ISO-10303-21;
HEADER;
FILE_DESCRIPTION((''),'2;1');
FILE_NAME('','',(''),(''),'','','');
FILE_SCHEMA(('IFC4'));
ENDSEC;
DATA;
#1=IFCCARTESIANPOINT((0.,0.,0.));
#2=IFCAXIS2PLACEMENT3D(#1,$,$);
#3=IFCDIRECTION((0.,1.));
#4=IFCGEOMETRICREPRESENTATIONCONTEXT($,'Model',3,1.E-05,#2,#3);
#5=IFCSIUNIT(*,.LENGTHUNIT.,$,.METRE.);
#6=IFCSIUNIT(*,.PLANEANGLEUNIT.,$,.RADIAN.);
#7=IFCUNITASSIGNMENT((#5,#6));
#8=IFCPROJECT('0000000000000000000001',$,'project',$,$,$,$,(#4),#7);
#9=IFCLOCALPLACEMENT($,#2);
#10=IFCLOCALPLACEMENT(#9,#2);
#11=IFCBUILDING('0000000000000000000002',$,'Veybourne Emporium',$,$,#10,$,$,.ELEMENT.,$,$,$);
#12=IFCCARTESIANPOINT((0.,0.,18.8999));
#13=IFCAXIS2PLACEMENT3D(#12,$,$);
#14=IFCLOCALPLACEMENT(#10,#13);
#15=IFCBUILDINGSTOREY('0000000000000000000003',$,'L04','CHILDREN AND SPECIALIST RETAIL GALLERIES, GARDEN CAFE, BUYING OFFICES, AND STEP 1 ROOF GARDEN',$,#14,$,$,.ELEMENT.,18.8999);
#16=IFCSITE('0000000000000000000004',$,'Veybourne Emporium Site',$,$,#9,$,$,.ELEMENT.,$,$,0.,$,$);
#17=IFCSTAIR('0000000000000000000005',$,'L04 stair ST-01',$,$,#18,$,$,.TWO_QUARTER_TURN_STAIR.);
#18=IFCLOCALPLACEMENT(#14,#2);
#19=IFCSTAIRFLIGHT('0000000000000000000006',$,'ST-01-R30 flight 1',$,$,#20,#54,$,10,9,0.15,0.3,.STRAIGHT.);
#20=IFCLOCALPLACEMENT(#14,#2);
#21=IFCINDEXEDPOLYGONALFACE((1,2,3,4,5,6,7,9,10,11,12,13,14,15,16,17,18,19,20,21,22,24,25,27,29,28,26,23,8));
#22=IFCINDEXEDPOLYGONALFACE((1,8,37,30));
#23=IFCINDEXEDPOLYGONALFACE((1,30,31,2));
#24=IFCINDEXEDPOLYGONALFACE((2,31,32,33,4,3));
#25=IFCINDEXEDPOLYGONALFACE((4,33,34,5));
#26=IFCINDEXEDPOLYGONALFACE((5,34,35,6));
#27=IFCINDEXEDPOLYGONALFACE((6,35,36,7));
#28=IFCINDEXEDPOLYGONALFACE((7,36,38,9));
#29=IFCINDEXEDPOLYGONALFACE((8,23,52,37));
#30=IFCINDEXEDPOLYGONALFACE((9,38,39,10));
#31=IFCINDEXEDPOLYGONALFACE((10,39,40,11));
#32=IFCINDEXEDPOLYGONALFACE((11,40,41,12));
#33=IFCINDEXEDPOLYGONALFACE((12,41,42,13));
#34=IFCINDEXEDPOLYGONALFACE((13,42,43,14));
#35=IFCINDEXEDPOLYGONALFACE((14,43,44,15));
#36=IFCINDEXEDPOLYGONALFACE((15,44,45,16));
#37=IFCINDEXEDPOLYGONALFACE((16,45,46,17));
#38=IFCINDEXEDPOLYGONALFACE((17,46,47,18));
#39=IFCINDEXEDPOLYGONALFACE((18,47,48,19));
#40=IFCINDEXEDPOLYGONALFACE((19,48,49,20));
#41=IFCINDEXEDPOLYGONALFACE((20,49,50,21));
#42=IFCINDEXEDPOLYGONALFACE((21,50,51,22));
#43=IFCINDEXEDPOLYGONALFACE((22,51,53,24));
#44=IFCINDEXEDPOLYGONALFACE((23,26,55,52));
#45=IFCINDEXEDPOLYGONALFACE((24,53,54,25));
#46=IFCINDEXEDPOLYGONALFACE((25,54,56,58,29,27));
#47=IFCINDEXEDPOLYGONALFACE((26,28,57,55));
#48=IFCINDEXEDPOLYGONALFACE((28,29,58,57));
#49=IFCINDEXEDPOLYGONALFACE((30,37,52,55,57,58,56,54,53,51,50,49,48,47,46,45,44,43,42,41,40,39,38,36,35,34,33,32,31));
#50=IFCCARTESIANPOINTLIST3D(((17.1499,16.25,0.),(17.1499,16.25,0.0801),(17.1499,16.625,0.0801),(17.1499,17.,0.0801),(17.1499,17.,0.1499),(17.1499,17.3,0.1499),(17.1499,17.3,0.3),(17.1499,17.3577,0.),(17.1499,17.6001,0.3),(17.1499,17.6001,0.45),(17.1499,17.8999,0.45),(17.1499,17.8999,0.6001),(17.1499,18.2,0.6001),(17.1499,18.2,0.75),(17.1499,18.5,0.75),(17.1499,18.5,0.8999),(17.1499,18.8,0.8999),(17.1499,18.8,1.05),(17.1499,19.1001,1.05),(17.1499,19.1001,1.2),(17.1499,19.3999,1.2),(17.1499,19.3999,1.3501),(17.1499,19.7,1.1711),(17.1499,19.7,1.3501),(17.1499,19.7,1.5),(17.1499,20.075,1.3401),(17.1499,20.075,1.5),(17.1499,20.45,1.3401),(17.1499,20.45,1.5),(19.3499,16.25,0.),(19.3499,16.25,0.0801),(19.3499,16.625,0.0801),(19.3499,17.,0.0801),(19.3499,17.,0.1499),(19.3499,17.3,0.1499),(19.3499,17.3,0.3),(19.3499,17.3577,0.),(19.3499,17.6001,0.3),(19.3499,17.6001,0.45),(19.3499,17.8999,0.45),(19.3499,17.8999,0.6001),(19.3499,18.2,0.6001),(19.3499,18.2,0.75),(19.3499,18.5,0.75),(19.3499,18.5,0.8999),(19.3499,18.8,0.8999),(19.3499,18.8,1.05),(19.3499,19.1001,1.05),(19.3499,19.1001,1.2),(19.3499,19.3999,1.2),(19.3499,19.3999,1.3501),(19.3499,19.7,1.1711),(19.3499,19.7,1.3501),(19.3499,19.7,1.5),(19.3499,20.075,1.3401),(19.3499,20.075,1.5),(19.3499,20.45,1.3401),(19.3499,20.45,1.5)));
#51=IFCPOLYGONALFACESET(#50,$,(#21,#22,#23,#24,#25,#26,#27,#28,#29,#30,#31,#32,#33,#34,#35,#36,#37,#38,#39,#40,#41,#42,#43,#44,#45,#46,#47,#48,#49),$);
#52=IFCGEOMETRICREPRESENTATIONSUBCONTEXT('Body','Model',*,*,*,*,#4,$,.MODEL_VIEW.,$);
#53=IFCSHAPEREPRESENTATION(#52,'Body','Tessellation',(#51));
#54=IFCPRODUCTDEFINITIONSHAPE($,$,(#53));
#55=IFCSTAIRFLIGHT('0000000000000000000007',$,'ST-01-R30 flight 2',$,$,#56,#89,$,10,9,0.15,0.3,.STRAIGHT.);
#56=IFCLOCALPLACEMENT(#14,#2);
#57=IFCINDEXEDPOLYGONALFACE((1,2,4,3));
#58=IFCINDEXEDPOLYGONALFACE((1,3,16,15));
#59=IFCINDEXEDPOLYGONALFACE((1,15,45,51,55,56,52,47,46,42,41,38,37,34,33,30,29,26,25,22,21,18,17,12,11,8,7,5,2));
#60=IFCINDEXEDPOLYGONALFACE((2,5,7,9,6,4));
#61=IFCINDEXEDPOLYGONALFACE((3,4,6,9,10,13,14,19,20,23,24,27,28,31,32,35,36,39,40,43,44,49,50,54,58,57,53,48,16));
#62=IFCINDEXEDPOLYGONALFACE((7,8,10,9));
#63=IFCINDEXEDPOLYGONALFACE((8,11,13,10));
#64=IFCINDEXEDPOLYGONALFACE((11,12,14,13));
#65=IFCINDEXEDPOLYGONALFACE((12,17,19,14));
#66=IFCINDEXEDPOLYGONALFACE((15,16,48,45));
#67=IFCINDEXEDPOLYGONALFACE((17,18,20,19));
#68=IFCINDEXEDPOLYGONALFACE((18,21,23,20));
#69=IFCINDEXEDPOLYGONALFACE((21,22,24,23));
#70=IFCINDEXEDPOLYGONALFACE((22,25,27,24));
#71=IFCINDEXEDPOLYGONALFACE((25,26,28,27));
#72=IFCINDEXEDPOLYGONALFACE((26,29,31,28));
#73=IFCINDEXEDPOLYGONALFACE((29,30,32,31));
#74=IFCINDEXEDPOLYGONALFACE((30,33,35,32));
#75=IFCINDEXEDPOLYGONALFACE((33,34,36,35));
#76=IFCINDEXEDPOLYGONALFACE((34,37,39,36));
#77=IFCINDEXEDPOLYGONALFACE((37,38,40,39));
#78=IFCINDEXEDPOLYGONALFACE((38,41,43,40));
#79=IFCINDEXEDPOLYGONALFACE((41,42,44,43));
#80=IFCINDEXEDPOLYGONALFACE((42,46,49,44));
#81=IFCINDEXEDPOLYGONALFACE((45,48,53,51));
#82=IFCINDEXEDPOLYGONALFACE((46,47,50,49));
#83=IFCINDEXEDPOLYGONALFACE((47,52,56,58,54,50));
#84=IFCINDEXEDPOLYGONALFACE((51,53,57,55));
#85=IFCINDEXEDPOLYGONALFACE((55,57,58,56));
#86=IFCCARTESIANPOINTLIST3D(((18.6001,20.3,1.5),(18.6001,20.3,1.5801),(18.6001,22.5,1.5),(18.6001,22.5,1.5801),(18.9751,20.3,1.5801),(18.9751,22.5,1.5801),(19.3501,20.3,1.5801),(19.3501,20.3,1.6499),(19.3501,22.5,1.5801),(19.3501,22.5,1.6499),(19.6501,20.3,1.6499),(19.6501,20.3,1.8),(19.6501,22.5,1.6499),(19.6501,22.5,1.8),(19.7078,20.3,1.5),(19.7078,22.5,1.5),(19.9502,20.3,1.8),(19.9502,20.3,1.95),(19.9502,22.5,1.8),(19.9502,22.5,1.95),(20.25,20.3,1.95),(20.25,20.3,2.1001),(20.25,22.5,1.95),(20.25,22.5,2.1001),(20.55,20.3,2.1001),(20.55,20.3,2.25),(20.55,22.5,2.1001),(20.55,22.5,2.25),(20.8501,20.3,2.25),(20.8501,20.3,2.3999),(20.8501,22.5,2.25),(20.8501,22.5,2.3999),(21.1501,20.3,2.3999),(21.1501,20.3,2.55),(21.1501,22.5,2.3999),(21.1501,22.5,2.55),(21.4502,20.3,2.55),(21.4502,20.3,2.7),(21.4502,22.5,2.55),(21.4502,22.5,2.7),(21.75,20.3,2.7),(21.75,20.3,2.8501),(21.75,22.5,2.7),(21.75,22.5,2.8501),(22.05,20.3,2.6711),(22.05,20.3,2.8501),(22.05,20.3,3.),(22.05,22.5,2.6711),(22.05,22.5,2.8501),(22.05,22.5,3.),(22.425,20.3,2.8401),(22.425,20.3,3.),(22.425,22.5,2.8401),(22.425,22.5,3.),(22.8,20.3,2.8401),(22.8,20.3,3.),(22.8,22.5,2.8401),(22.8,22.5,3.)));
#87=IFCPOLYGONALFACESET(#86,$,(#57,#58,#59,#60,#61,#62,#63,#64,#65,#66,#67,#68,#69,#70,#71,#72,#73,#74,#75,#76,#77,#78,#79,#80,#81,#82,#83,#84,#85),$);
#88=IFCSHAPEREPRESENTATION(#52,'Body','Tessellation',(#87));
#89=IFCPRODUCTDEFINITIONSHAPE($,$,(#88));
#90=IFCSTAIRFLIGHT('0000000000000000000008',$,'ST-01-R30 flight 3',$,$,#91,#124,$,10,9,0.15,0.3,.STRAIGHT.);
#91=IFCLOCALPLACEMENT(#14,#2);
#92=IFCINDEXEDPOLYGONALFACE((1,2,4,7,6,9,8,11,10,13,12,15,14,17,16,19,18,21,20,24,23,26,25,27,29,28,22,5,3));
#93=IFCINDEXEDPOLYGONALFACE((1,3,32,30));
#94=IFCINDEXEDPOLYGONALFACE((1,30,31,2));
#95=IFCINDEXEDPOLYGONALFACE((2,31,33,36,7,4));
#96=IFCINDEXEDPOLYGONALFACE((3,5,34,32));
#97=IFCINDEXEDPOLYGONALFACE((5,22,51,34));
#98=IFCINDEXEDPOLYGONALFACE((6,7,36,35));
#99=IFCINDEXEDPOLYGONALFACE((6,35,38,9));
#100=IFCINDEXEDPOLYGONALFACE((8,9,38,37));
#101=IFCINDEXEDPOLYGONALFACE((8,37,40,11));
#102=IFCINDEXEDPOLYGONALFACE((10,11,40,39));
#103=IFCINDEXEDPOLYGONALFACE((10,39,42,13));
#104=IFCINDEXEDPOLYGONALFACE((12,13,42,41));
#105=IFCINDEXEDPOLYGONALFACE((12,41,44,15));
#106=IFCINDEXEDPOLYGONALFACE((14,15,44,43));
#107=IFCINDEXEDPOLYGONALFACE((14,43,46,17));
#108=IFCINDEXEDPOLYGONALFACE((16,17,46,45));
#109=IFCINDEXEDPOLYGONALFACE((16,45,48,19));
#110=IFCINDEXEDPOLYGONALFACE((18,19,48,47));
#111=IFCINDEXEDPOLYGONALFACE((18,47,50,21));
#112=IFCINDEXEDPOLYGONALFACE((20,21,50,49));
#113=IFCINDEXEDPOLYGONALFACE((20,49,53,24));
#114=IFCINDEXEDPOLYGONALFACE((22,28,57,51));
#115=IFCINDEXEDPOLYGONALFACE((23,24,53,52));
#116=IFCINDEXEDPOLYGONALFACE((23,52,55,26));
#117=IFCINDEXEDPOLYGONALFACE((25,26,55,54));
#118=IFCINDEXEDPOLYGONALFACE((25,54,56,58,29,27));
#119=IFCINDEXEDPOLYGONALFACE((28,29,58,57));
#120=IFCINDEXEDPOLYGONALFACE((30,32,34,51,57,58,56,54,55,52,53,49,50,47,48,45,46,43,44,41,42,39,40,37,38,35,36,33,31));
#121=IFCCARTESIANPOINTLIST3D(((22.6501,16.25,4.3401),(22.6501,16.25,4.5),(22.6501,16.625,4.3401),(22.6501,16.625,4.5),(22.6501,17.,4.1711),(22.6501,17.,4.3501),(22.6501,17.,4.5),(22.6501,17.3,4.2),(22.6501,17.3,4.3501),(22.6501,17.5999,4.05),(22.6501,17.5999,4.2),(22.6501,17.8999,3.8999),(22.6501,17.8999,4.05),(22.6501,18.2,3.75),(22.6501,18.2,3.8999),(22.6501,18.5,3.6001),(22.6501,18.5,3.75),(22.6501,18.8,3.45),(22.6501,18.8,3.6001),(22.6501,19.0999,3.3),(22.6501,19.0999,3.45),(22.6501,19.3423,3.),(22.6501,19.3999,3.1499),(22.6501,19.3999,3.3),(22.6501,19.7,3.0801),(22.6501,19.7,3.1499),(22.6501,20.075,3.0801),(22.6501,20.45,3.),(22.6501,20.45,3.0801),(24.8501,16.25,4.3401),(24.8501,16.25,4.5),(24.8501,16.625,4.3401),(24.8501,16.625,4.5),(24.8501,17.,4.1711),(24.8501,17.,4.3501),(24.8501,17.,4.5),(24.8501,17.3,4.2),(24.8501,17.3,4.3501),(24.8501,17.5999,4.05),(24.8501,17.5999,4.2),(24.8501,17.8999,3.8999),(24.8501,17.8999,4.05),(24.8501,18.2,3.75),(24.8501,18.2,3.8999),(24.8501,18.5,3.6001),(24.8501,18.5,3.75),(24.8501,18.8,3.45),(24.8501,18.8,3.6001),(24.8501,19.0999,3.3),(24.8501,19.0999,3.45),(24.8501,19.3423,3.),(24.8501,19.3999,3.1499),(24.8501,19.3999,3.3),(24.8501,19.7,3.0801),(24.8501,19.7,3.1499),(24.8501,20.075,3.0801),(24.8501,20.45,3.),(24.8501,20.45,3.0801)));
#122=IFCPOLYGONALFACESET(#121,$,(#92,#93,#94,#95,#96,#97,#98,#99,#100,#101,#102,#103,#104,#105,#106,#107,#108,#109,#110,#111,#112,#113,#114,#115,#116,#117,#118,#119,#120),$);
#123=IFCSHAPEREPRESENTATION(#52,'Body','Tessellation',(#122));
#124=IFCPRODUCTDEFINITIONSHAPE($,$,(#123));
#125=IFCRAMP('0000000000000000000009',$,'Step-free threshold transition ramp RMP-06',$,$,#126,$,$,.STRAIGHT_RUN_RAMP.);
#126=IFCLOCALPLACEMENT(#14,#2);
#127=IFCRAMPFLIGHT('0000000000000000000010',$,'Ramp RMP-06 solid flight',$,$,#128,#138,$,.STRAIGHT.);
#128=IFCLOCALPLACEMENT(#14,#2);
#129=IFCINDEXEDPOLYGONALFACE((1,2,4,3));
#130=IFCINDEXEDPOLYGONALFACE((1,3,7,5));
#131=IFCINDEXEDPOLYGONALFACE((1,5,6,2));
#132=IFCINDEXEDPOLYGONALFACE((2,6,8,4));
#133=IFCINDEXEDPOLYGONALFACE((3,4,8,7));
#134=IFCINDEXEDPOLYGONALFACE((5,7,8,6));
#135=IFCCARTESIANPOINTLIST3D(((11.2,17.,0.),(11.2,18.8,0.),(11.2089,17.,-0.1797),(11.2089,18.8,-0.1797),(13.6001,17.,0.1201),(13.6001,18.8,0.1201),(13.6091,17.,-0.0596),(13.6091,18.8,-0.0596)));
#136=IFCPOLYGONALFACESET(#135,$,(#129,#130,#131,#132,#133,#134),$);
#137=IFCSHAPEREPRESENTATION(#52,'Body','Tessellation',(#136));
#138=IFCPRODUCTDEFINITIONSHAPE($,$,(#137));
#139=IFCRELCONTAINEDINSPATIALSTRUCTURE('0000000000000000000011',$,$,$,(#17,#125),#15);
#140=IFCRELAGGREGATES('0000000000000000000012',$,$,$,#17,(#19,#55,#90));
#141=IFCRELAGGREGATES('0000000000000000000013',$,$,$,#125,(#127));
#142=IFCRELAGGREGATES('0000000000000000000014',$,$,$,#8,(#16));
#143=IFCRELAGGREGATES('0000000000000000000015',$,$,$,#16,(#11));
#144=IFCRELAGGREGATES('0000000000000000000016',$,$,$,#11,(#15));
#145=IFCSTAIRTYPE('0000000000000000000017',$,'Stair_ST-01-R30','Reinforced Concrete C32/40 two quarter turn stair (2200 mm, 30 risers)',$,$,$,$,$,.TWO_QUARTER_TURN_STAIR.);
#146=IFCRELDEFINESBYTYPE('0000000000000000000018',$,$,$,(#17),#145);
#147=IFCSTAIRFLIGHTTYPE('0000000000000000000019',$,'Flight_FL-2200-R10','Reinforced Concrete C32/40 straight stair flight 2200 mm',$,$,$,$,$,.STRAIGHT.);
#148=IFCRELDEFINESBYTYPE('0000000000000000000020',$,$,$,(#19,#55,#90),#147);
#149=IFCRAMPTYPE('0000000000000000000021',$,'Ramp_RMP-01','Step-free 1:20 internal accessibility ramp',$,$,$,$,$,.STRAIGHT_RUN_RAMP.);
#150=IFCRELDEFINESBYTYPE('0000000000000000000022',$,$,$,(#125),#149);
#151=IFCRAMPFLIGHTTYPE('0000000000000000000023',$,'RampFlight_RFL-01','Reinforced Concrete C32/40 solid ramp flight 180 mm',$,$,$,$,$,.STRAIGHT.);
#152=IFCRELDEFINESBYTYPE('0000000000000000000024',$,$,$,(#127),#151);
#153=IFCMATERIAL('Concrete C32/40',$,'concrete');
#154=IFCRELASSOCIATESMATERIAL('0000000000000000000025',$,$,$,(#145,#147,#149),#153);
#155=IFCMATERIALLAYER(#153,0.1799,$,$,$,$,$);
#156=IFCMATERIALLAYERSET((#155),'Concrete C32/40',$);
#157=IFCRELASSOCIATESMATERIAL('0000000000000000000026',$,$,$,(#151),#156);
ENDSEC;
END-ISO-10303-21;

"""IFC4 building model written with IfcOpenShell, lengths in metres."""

from ifc_helpers import new_model, si_unit, direction, frame, origin, place, context, subcontext, project, spatial, polyline, outline, extrude, material, layer, layer_set, type_object, element, aggregate, save


model = new_model("IFC4")

# Units and contexts
model_context = context("Model", 3, precision=1e-05, world=origin(), true_north=direction((0.0, 1.0)))
body_context = subcontext(model_context, "Body", "Model", "MODEL_VIEW")
ifc_project = project(units=[si_unit("LENGTHUNIT", "METRE"), si_unit("PLANEANGLEUNIT", "RADIAN")], contexts=[model_context])

# Site, building, storey
site_placement = place(None, origin())
site = spatial("IfcSite", under=ifc_project, at=site_placement, Name="Veybourne Emporium Site", CompositionType="ELEMENT", RefElevation=0.0)
building_placement = place(site_placement, origin())
building = spatial("IfcBuilding", under=site, at=building_placement, Name="Veybourne Emporium", CompositionType="ELEMENT")
storey_placement = place(building_placement, frame((0.0, 0.0, 18.8999)))
storey = spatial("IfcBuildingStorey", under=building, at=storey_placement, Name="L04", Description="CHILDREN AND SPECIALIST RETAIL GALLERIES, GARDEN CAFE, BUYING OFFICES, AND STEP 1 ROOF GARDEN", CompositionType="ELEMENT", Elevation=18.8999)

# Shared definitions
ifc_material_1 = material(Name="Concrete C32/40", Category="concrete")

# Stair, stair flights
stair_type = type_object("IfcStairType", Name="Stair_ST-01-R30", Description="Reinforced Concrete C32/40 two quarter turn stair (2200 mm, 30 risers)", PredefinedType="TWO_QUARTER_TURN_STAIR", material=ifc_material_1)
stair_placement = place(storey_placement, origin())
stair = element("IfcStair", 1, at=stair_placement, inside=storey, type_object=stair_type, Name="L04 stair ST-01", PredefinedType="TWO_QUARTER_TURN_STAIR")
stair_flight_type = type_object("IfcStairFlightType", Name="Flight_FL-2200-R10", Description="Reinforced Concrete C32/40 straight stair flight 2200 mm", PredefinedType="STRAIGHT", material=ifc_material_1)
stair_flight_1_placement = place(storey_placement, frame((18.25, 17.0, 0.0), z_axis=(0.0, 0.0, 1.0), x_axis=(0.0, 1.0, 0.0)))
stair_flight_1 = element("IfcStairFlight", 2, at=stair_flight_1_placement, type_object=stair_flight_type, Name="ST-01-R30 flight 1", NumberOfRisers=10, NumberOfTreads=9, PredefinedType="STRAIGHT", RiserHeight=0.15, TreadLength=0.3, context=body_context, shape_type="SweptSolid", body=[
    extrude(outline(polyline([(-0.75, 0.0), (-0.75, 0.0801), (-0.375, 0.0801), (0.0, 0.0801), (0.0, 0.1499), (0.3, 0.1499), (0.3, 0.3), (0.6001, 0.3), (0.6001, 0.45), (0.8999, 0.45), (0.8999, 0.6001), (1.2, 0.6001), (1.2, 0.75), (1.5, 0.75), (1.5, 0.8999), (1.8, 0.8999), (1.8, 1.05), (2.1001, 1.05), (2.1001, 1.2), (2.3999, 1.2), (2.3999, 1.3501), (2.7, 1.3501), (2.7, 1.5), (3.075, 1.5), (3.45, 1.5), (3.45, 1.3401), (3.075, 1.3401), (2.7, 1.1711), (0.3577, 0.0), (-0.75, 0.0)])), frame((0.0, 1.1001, 0.0), z_axis=(0.0, -1.0, 0.0), x_axis=(1.0, 0.0, 0.0)), (0.0, 0.0, 1.0), 2.2),
])
stair_flight_2_placement = place(storey_placement, frame((19.3501, 21.3999, 1.5), z_axis=(0.0, 0.0, 1.0), x_axis=(1.0, 0.0, 0.0)))
stair_flight_2 = element("IfcStairFlight", 3, at=stair_flight_2_placement, type_object=stair_flight_type, Name="ST-01-R30 flight 2", NumberOfRisers=10, NumberOfTreads=9, PredefinedType="STRAIGHT", RiserHeight=0.15, TreadLength=0.3, context=body_context, shape_type="SweptSolid", body=[
    extrude(outline(polyline([(-0.75, 0.0), (-0.75, 0.0801), (-0.375, 0.0801), (0.0, 0.0801), (0.0, 0.1499), (0.3, 0.1499), (0.3, 0.3), (0.6001, 0.3), (0.6001, 0.45), (0.8999, 0.45), (0.8999, 0.6001), (1.2, 0.6001), (1.2, 0.75), (1.5, 0.75), (1.5, 0.8999), (1.8, 0.8999), (1.8, 1.05), (2.1001, 1.05), (2.1001, 1.2), (2.3999, 1.2), (2.3999, 1.3501), (2.7, 1.3501), (2.7, 1.5), (3.075, 1.5), (3.45, 1.5), (3.45, 1.3401), (3.075, 1.3401), (2.7, 1.1711), (0.3577, 0.0), (-0.75, 0.0)])), frame((0.0, 1.1001, 0.0), z_axis=(0.0, -1.0, 0.0), x_axis=(1.0, 0.0, 0.0)), (0.0, 0.0, 1.0), 2.2),
])
stair_flight_3_placement = place(storey_placement, frame((23.75, 19.7, 3.0), z_axis=(0.0, 0.0, 1.0), x_axis=(0.0, -1.0, 0.0)))
stair_flight_3 = element("IfcStairFlight", 4, at=stair_flight_3_placement, type_object=stair_flight_type, Name="ST-01-R30 flight 3", NumberOfRisers=10, NumberOfTreads=9, PredefinedType="STRAIGHT", RiserHeight=0.15, TreadLength=0.3, context=body_context, shape_type="SweptSolid", body=[
    extrude(outline(polyline([(-0.75, 0.0), (-0.75, 0.0801), (-0.375, 0.0801), (0.0, 0.0801), (0.0, 0.1499), (0.3, 0.1499), (0.3, 0.3), (0.6001, 0.3), (0.6001, 0.45), (0.8999, 0.45), (0.8999, 0.6001), (1.2, 0.6001), (1.2, 0.75), (1.5, 0.75), (1.5, 0.8999), (1.8, 0.8999), (1.8, 1.05), (2.1001, 1.05), (2.1001, 1.2), (2.3999, 1.2), (2.3999, 1.3501), (2.7, 1.3501), (2.7, 1.5), (3.075, 1.5), (3.45, 1.5), (3.45, 1.3401), (3.075, 1.3401), (2.7, 1.1711), (0.3577, 0.0), (-0.75, 0.0)])), frame((0.0, 1.1001, 0.0), z_axis=(0.0, -1.0, 0.0), x_axis=(1.0, 0.0, 0.0)), (0.0, 0.0, 1.0), 2.2),
])
aggregate(stair, [stair_flight_1, stair_flight_2, stair_flight_3])

# Ramp, ramp flight
ramp_type = type_object("IfcRampType", Name="Ramp_RMP-01", Description="Step-free 1:20 internal accessibility ramp", PredefinedType="STRAIGHT_RUN_RAMP", material=ifc_material_1)
ramp_placement = place(storey_placement, origin())
ramp = element("IfcRamp", 5, at=ramp_placement, inside=storey, type_object=ramp_type, Name="Step-free threshold transition ramp RMP-06", PredefinedType="STRAIGHT_RUN_RAMP")
ifc_layer_1 = layer(ifc_material_1, 0.1799)
ifc_layer_set_1 = layer_set([ifc_layer_1], Name="Concrete C32/40")
ramp_flight_type = type_object("IfcRampFlightType", Name="RampFlight_RFL-01", Description="Reinforced Concrete C32/40 solid ramp flight 180 mm", PredefinedType="STRAIGHT", material=ifc_layer_set_1)
ramp_flight_placement = place(storey_placement, frame((11.2, 17.0, 0.0), z_axis=(-0.049983, 0.0, 0.99875), x_axis=(0.99875, 0.0, 0.049983)))
ramp_flight = element("IfcRampFlight", 6, at=ramp_flight_placement, type_object=ramp_flight_type, Name="Ramp RMP-06 solid flight", PredefinedType="STRAIGHT", context=body_context, shape_type="SweptSolid", body=[
    extrude(outline(polyline([(0.0, 0.0), (2.4032, 0.0), (2.4032, 1.8), (0.0, 1.8), (0.0, 0.0)])), origin(), (0.0, 0.0, -1.0), 0.1799),
])
aggregate(ramp, [ramp_flight])

save(model, "model.ifc")
